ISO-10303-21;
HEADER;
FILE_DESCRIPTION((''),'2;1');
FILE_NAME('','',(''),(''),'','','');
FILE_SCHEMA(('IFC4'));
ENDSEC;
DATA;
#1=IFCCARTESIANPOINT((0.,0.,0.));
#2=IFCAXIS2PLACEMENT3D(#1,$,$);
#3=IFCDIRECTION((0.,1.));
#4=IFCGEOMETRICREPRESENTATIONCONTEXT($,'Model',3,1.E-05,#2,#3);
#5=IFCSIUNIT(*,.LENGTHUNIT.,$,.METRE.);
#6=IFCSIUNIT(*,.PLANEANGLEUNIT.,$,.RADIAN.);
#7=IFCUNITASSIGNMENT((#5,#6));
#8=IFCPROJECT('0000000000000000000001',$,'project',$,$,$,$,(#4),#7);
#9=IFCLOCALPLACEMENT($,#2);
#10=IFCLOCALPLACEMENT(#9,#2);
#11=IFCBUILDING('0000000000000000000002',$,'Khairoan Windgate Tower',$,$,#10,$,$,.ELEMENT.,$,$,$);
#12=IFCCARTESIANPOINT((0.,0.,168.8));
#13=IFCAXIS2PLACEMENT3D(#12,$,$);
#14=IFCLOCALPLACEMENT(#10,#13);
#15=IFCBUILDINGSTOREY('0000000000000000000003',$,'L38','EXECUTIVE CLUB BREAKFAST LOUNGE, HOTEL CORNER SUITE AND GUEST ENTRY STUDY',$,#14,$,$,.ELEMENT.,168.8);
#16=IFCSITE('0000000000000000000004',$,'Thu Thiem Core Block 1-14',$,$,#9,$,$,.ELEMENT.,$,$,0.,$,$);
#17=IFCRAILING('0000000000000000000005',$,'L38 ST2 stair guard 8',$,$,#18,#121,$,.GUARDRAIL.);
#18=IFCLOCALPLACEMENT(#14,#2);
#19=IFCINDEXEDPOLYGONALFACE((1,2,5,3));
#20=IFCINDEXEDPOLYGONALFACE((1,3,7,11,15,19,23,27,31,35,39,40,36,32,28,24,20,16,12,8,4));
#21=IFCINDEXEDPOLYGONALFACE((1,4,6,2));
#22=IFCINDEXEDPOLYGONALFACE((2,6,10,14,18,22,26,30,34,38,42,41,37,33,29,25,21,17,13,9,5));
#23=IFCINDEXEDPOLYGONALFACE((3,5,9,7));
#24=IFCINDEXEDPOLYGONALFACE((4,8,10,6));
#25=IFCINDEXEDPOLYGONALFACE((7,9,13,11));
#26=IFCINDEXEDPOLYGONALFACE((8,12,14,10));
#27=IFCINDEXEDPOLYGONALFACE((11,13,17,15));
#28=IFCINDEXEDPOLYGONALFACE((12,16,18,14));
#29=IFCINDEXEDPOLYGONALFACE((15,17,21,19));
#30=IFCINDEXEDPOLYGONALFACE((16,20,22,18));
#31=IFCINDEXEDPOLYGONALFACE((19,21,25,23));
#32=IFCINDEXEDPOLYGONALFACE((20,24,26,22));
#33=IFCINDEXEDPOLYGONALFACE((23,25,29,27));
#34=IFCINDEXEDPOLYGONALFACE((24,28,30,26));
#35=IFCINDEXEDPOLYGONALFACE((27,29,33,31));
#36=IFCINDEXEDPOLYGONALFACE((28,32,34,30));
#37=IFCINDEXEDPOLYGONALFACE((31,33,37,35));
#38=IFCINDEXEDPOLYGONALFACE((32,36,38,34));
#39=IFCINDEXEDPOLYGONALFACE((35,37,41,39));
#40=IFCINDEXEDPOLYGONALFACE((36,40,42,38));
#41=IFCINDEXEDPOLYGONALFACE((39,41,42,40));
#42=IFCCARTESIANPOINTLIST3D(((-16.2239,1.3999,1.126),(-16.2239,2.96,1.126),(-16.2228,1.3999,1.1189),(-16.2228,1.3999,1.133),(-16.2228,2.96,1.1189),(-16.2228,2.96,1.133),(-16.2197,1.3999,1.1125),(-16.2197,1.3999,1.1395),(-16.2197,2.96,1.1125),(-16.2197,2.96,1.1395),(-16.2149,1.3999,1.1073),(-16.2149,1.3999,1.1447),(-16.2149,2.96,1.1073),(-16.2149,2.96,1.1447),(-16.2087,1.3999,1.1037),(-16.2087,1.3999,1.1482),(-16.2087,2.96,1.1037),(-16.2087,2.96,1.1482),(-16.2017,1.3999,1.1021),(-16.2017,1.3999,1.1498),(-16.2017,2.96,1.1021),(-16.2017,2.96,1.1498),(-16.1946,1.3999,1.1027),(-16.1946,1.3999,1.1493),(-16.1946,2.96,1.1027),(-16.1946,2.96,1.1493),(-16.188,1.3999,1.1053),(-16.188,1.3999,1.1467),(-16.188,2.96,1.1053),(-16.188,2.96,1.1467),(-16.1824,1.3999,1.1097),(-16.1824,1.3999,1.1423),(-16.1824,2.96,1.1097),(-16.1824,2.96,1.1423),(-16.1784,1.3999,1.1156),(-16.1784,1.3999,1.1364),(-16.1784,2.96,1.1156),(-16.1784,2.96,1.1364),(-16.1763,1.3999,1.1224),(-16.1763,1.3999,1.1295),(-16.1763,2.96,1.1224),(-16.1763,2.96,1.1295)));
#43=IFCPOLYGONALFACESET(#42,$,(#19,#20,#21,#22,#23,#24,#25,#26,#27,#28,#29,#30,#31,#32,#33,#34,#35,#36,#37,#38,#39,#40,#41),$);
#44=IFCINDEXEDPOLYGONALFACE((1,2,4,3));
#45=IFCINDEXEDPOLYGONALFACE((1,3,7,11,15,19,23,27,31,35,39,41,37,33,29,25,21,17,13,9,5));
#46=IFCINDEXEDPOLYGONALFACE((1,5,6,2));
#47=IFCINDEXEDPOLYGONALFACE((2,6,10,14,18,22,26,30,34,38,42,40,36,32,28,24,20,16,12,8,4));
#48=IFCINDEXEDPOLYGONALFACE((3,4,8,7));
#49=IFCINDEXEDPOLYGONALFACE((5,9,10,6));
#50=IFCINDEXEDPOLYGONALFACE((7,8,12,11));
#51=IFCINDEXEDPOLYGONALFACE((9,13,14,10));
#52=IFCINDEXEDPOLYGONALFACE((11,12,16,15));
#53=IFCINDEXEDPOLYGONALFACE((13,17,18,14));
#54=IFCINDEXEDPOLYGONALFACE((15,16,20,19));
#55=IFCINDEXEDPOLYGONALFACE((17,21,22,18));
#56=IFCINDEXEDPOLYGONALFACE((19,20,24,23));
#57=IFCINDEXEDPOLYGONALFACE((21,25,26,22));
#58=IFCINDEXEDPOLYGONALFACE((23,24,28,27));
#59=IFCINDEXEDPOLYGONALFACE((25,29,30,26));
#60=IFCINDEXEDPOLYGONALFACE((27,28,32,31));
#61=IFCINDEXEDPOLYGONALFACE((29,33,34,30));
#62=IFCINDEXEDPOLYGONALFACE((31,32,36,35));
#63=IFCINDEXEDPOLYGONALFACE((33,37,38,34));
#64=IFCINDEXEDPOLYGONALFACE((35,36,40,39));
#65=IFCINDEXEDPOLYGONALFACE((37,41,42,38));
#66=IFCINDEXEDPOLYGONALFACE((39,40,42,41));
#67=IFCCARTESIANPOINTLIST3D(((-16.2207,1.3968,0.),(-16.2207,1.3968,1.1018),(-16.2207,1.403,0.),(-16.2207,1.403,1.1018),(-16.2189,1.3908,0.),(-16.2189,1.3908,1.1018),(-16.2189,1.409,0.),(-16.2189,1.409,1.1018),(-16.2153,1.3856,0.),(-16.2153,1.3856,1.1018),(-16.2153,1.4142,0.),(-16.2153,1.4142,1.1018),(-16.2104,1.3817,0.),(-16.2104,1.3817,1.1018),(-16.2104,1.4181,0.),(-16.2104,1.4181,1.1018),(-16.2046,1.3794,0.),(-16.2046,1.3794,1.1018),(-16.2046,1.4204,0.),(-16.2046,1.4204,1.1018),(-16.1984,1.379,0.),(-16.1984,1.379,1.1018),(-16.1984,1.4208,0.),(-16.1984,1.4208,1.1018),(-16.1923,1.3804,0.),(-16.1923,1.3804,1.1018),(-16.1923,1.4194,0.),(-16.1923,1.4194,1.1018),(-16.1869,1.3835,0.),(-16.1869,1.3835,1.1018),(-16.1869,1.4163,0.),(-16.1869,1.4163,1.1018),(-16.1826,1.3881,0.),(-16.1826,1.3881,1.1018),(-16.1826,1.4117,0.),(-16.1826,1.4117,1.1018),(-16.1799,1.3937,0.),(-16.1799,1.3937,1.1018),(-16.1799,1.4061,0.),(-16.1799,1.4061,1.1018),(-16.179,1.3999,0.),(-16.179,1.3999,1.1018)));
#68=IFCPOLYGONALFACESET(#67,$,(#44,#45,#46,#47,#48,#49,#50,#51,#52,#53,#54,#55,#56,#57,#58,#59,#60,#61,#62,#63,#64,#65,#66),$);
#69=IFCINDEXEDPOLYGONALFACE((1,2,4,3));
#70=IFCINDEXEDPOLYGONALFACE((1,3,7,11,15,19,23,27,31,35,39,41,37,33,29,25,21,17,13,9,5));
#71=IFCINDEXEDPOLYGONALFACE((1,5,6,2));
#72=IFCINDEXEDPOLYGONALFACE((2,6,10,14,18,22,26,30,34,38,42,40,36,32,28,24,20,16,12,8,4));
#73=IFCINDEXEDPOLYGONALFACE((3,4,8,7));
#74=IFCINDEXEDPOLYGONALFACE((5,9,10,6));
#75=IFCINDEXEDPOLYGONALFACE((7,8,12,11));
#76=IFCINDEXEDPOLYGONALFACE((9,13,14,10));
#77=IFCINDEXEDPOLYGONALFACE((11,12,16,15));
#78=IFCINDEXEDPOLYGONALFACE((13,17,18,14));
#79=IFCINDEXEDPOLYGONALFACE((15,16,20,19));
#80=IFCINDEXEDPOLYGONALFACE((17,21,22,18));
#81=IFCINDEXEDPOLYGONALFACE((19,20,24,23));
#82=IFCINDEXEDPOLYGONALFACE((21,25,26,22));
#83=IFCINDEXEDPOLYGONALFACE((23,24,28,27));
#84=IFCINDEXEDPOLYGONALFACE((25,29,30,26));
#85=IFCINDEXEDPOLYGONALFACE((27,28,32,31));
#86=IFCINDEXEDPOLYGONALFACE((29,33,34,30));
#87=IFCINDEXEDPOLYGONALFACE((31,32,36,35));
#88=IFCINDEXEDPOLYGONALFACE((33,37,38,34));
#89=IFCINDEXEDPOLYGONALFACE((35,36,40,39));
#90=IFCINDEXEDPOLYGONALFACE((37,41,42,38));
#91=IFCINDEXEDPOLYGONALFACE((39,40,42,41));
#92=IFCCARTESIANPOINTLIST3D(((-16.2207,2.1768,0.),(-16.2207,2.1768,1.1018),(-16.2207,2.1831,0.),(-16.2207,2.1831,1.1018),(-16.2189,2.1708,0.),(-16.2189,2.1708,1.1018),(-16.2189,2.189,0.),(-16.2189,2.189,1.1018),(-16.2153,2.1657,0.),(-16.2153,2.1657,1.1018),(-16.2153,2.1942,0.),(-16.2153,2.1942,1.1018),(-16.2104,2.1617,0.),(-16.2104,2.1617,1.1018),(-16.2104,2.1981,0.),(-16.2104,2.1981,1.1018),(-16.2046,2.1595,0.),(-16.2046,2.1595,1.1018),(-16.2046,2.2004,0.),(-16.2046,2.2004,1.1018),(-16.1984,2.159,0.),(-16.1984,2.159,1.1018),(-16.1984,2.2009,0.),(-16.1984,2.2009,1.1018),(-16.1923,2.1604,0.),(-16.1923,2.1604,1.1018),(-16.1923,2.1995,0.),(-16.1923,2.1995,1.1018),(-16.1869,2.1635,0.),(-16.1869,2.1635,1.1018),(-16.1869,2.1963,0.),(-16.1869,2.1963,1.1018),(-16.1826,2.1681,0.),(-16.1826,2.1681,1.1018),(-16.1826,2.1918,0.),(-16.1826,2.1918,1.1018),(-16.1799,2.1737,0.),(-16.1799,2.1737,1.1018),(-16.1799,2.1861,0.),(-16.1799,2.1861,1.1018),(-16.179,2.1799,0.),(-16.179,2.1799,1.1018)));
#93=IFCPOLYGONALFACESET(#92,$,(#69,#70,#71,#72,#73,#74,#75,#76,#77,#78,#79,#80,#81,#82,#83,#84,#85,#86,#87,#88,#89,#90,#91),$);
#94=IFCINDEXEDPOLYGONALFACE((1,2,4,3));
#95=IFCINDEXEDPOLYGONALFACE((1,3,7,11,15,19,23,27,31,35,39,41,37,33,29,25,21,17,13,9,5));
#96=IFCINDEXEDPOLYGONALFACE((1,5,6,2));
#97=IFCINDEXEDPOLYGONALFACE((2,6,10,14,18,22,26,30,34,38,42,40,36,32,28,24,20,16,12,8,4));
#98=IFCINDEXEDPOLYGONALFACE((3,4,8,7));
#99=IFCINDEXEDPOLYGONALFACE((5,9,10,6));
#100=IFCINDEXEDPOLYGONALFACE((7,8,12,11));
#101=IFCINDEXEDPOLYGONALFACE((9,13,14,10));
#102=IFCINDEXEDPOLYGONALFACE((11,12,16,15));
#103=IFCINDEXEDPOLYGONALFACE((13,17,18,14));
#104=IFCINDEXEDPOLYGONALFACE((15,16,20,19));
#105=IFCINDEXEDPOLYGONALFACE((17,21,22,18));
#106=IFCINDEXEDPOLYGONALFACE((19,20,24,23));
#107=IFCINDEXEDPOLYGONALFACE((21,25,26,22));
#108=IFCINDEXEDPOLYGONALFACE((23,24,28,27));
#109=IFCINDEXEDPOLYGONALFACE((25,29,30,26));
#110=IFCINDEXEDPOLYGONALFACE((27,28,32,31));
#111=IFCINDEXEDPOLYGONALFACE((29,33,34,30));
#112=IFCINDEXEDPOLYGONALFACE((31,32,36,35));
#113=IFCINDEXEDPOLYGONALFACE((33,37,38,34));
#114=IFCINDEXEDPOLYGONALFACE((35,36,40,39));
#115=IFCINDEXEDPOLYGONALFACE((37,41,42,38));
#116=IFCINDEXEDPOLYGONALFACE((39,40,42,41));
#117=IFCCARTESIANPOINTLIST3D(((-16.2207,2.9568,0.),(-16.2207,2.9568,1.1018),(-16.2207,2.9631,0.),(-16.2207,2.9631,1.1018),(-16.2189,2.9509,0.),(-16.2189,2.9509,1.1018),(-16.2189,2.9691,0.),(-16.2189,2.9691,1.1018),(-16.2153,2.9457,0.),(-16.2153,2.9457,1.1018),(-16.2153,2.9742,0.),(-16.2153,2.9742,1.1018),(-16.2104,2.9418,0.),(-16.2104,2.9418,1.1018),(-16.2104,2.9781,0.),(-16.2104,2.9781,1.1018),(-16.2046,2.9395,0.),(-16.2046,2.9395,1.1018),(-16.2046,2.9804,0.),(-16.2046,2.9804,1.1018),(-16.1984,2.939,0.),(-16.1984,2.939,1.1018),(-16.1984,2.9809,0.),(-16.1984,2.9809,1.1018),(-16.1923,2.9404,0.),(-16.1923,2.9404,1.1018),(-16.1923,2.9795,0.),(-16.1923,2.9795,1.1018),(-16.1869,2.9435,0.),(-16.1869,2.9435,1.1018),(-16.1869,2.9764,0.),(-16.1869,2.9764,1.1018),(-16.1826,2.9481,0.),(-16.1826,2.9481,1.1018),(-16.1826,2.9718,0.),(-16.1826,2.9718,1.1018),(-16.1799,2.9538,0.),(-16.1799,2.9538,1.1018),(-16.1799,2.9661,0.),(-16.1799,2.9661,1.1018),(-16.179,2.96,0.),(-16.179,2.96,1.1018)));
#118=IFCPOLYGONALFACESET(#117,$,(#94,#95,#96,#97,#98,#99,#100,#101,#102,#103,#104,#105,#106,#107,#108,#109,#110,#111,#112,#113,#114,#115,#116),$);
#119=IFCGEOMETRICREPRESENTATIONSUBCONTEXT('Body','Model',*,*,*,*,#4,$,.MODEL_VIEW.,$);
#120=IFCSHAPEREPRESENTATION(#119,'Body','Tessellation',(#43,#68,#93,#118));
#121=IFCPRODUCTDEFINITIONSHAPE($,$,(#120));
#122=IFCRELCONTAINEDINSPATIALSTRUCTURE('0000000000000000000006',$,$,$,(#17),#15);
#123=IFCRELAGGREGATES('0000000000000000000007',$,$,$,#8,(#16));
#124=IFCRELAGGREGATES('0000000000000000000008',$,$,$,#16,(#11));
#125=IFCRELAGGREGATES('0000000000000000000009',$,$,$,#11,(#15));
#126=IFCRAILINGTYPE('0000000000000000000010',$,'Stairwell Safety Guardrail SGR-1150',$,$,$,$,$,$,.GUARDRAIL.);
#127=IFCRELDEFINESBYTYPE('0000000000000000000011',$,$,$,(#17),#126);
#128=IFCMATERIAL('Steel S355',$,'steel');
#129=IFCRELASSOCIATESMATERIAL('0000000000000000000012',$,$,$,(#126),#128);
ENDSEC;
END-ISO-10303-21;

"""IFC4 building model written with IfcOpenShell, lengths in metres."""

from ifc_helpers import new_model, si_unit, direction, frame, origin, origin_2d, place, context, subcontext, project, spatial, circle, extrude, material, type_object, element, save


model = new_model("IFC4")

# Units and contexts
model_context = context("Model", 3, precision=1e-05, world=origin(), true_north=direction((0.0, 1.0)))
body_context = subcontext(model_context, "Body", "Model", "MODEL_VIEW")
ifc_project = project(units=[si_unit("LENGTHUNIT", "METRE"), si_unit("PLANEANGLEUNIT", "RADIAN")], contexts=[model_context])

# Site, building, storey
site_placement = place(None, origin())
site = spatial("IfcSite", under=ifc_project, at=site_placement, Name="Thu Thiem Core Block 1-14", CompositionType="ELEMENT", RefElevation=0.0)
building_placement = place(site_placement, origin())
building = spatial("IfcBuilding", under=site, at=building_placement, Name="Khairoan Windgate Tower", CompositionType="ELEMENT")
storey_placement = place(building_placement, frame((0.0, 0.0, 168.8)))
storey = spatial("IfcBuildingStorey", under=building, at=storey_placement, Name="L38", Description="EXECUTIVE CLUB BREAKFAST LOUNGE, HOTEL CORNER SUITE AND GUEST ENTRY STUDY", CompositionType="ELEMENT", Elevation=168.8)

# Railing
ifc_material_1 = material(Name="Steel S355", Category="steel")
railing_type_1 = type_object("IfcRailingType", Name="Stairwell Safety Guardrail SGR-1150", PredefinedType="GUARDRAIL", material=ifc_material_1)
railing_1_placement = place(storey_placement, frame((-16.2, 1.3999, 0.0)))
element("IfcRailing", 1, at=railing_1_placement, inside=storey, type_object=railing_type_1, Name="L38 ST2 stair guard 8", PredefinedType="GUARDRAIL", context=body_context, shape_type="SweptSolid", body=[
    extrude(circle(Radius=0.0239, at=origin_2d()), frame((0.0, 0.0, 1.126), z_axis=(0.0, 1.0, 0.0), x_axis=(-1.0, 0.0, 0.0)), (0.0, 0.0, 1.0), 1.5601),
    extrude(circle(Radius=0.021, at=origin_2d()), origin(), (0.0, 0.0, 1.0), 1.1018),
    extrude(circle(Radius=0.021, at=origin_2d()), frame((0.0, 0.78, 0.0)), (0.0, 0.0, 1.0), 1.1018),
    extrude(circle(Radius=0.021, at=origin_2d()), frame((0.0, 1.5601, 0.0)), (0.0, 0.0, 1.0), 1.1018),
])

save(model, "model.ifc")
